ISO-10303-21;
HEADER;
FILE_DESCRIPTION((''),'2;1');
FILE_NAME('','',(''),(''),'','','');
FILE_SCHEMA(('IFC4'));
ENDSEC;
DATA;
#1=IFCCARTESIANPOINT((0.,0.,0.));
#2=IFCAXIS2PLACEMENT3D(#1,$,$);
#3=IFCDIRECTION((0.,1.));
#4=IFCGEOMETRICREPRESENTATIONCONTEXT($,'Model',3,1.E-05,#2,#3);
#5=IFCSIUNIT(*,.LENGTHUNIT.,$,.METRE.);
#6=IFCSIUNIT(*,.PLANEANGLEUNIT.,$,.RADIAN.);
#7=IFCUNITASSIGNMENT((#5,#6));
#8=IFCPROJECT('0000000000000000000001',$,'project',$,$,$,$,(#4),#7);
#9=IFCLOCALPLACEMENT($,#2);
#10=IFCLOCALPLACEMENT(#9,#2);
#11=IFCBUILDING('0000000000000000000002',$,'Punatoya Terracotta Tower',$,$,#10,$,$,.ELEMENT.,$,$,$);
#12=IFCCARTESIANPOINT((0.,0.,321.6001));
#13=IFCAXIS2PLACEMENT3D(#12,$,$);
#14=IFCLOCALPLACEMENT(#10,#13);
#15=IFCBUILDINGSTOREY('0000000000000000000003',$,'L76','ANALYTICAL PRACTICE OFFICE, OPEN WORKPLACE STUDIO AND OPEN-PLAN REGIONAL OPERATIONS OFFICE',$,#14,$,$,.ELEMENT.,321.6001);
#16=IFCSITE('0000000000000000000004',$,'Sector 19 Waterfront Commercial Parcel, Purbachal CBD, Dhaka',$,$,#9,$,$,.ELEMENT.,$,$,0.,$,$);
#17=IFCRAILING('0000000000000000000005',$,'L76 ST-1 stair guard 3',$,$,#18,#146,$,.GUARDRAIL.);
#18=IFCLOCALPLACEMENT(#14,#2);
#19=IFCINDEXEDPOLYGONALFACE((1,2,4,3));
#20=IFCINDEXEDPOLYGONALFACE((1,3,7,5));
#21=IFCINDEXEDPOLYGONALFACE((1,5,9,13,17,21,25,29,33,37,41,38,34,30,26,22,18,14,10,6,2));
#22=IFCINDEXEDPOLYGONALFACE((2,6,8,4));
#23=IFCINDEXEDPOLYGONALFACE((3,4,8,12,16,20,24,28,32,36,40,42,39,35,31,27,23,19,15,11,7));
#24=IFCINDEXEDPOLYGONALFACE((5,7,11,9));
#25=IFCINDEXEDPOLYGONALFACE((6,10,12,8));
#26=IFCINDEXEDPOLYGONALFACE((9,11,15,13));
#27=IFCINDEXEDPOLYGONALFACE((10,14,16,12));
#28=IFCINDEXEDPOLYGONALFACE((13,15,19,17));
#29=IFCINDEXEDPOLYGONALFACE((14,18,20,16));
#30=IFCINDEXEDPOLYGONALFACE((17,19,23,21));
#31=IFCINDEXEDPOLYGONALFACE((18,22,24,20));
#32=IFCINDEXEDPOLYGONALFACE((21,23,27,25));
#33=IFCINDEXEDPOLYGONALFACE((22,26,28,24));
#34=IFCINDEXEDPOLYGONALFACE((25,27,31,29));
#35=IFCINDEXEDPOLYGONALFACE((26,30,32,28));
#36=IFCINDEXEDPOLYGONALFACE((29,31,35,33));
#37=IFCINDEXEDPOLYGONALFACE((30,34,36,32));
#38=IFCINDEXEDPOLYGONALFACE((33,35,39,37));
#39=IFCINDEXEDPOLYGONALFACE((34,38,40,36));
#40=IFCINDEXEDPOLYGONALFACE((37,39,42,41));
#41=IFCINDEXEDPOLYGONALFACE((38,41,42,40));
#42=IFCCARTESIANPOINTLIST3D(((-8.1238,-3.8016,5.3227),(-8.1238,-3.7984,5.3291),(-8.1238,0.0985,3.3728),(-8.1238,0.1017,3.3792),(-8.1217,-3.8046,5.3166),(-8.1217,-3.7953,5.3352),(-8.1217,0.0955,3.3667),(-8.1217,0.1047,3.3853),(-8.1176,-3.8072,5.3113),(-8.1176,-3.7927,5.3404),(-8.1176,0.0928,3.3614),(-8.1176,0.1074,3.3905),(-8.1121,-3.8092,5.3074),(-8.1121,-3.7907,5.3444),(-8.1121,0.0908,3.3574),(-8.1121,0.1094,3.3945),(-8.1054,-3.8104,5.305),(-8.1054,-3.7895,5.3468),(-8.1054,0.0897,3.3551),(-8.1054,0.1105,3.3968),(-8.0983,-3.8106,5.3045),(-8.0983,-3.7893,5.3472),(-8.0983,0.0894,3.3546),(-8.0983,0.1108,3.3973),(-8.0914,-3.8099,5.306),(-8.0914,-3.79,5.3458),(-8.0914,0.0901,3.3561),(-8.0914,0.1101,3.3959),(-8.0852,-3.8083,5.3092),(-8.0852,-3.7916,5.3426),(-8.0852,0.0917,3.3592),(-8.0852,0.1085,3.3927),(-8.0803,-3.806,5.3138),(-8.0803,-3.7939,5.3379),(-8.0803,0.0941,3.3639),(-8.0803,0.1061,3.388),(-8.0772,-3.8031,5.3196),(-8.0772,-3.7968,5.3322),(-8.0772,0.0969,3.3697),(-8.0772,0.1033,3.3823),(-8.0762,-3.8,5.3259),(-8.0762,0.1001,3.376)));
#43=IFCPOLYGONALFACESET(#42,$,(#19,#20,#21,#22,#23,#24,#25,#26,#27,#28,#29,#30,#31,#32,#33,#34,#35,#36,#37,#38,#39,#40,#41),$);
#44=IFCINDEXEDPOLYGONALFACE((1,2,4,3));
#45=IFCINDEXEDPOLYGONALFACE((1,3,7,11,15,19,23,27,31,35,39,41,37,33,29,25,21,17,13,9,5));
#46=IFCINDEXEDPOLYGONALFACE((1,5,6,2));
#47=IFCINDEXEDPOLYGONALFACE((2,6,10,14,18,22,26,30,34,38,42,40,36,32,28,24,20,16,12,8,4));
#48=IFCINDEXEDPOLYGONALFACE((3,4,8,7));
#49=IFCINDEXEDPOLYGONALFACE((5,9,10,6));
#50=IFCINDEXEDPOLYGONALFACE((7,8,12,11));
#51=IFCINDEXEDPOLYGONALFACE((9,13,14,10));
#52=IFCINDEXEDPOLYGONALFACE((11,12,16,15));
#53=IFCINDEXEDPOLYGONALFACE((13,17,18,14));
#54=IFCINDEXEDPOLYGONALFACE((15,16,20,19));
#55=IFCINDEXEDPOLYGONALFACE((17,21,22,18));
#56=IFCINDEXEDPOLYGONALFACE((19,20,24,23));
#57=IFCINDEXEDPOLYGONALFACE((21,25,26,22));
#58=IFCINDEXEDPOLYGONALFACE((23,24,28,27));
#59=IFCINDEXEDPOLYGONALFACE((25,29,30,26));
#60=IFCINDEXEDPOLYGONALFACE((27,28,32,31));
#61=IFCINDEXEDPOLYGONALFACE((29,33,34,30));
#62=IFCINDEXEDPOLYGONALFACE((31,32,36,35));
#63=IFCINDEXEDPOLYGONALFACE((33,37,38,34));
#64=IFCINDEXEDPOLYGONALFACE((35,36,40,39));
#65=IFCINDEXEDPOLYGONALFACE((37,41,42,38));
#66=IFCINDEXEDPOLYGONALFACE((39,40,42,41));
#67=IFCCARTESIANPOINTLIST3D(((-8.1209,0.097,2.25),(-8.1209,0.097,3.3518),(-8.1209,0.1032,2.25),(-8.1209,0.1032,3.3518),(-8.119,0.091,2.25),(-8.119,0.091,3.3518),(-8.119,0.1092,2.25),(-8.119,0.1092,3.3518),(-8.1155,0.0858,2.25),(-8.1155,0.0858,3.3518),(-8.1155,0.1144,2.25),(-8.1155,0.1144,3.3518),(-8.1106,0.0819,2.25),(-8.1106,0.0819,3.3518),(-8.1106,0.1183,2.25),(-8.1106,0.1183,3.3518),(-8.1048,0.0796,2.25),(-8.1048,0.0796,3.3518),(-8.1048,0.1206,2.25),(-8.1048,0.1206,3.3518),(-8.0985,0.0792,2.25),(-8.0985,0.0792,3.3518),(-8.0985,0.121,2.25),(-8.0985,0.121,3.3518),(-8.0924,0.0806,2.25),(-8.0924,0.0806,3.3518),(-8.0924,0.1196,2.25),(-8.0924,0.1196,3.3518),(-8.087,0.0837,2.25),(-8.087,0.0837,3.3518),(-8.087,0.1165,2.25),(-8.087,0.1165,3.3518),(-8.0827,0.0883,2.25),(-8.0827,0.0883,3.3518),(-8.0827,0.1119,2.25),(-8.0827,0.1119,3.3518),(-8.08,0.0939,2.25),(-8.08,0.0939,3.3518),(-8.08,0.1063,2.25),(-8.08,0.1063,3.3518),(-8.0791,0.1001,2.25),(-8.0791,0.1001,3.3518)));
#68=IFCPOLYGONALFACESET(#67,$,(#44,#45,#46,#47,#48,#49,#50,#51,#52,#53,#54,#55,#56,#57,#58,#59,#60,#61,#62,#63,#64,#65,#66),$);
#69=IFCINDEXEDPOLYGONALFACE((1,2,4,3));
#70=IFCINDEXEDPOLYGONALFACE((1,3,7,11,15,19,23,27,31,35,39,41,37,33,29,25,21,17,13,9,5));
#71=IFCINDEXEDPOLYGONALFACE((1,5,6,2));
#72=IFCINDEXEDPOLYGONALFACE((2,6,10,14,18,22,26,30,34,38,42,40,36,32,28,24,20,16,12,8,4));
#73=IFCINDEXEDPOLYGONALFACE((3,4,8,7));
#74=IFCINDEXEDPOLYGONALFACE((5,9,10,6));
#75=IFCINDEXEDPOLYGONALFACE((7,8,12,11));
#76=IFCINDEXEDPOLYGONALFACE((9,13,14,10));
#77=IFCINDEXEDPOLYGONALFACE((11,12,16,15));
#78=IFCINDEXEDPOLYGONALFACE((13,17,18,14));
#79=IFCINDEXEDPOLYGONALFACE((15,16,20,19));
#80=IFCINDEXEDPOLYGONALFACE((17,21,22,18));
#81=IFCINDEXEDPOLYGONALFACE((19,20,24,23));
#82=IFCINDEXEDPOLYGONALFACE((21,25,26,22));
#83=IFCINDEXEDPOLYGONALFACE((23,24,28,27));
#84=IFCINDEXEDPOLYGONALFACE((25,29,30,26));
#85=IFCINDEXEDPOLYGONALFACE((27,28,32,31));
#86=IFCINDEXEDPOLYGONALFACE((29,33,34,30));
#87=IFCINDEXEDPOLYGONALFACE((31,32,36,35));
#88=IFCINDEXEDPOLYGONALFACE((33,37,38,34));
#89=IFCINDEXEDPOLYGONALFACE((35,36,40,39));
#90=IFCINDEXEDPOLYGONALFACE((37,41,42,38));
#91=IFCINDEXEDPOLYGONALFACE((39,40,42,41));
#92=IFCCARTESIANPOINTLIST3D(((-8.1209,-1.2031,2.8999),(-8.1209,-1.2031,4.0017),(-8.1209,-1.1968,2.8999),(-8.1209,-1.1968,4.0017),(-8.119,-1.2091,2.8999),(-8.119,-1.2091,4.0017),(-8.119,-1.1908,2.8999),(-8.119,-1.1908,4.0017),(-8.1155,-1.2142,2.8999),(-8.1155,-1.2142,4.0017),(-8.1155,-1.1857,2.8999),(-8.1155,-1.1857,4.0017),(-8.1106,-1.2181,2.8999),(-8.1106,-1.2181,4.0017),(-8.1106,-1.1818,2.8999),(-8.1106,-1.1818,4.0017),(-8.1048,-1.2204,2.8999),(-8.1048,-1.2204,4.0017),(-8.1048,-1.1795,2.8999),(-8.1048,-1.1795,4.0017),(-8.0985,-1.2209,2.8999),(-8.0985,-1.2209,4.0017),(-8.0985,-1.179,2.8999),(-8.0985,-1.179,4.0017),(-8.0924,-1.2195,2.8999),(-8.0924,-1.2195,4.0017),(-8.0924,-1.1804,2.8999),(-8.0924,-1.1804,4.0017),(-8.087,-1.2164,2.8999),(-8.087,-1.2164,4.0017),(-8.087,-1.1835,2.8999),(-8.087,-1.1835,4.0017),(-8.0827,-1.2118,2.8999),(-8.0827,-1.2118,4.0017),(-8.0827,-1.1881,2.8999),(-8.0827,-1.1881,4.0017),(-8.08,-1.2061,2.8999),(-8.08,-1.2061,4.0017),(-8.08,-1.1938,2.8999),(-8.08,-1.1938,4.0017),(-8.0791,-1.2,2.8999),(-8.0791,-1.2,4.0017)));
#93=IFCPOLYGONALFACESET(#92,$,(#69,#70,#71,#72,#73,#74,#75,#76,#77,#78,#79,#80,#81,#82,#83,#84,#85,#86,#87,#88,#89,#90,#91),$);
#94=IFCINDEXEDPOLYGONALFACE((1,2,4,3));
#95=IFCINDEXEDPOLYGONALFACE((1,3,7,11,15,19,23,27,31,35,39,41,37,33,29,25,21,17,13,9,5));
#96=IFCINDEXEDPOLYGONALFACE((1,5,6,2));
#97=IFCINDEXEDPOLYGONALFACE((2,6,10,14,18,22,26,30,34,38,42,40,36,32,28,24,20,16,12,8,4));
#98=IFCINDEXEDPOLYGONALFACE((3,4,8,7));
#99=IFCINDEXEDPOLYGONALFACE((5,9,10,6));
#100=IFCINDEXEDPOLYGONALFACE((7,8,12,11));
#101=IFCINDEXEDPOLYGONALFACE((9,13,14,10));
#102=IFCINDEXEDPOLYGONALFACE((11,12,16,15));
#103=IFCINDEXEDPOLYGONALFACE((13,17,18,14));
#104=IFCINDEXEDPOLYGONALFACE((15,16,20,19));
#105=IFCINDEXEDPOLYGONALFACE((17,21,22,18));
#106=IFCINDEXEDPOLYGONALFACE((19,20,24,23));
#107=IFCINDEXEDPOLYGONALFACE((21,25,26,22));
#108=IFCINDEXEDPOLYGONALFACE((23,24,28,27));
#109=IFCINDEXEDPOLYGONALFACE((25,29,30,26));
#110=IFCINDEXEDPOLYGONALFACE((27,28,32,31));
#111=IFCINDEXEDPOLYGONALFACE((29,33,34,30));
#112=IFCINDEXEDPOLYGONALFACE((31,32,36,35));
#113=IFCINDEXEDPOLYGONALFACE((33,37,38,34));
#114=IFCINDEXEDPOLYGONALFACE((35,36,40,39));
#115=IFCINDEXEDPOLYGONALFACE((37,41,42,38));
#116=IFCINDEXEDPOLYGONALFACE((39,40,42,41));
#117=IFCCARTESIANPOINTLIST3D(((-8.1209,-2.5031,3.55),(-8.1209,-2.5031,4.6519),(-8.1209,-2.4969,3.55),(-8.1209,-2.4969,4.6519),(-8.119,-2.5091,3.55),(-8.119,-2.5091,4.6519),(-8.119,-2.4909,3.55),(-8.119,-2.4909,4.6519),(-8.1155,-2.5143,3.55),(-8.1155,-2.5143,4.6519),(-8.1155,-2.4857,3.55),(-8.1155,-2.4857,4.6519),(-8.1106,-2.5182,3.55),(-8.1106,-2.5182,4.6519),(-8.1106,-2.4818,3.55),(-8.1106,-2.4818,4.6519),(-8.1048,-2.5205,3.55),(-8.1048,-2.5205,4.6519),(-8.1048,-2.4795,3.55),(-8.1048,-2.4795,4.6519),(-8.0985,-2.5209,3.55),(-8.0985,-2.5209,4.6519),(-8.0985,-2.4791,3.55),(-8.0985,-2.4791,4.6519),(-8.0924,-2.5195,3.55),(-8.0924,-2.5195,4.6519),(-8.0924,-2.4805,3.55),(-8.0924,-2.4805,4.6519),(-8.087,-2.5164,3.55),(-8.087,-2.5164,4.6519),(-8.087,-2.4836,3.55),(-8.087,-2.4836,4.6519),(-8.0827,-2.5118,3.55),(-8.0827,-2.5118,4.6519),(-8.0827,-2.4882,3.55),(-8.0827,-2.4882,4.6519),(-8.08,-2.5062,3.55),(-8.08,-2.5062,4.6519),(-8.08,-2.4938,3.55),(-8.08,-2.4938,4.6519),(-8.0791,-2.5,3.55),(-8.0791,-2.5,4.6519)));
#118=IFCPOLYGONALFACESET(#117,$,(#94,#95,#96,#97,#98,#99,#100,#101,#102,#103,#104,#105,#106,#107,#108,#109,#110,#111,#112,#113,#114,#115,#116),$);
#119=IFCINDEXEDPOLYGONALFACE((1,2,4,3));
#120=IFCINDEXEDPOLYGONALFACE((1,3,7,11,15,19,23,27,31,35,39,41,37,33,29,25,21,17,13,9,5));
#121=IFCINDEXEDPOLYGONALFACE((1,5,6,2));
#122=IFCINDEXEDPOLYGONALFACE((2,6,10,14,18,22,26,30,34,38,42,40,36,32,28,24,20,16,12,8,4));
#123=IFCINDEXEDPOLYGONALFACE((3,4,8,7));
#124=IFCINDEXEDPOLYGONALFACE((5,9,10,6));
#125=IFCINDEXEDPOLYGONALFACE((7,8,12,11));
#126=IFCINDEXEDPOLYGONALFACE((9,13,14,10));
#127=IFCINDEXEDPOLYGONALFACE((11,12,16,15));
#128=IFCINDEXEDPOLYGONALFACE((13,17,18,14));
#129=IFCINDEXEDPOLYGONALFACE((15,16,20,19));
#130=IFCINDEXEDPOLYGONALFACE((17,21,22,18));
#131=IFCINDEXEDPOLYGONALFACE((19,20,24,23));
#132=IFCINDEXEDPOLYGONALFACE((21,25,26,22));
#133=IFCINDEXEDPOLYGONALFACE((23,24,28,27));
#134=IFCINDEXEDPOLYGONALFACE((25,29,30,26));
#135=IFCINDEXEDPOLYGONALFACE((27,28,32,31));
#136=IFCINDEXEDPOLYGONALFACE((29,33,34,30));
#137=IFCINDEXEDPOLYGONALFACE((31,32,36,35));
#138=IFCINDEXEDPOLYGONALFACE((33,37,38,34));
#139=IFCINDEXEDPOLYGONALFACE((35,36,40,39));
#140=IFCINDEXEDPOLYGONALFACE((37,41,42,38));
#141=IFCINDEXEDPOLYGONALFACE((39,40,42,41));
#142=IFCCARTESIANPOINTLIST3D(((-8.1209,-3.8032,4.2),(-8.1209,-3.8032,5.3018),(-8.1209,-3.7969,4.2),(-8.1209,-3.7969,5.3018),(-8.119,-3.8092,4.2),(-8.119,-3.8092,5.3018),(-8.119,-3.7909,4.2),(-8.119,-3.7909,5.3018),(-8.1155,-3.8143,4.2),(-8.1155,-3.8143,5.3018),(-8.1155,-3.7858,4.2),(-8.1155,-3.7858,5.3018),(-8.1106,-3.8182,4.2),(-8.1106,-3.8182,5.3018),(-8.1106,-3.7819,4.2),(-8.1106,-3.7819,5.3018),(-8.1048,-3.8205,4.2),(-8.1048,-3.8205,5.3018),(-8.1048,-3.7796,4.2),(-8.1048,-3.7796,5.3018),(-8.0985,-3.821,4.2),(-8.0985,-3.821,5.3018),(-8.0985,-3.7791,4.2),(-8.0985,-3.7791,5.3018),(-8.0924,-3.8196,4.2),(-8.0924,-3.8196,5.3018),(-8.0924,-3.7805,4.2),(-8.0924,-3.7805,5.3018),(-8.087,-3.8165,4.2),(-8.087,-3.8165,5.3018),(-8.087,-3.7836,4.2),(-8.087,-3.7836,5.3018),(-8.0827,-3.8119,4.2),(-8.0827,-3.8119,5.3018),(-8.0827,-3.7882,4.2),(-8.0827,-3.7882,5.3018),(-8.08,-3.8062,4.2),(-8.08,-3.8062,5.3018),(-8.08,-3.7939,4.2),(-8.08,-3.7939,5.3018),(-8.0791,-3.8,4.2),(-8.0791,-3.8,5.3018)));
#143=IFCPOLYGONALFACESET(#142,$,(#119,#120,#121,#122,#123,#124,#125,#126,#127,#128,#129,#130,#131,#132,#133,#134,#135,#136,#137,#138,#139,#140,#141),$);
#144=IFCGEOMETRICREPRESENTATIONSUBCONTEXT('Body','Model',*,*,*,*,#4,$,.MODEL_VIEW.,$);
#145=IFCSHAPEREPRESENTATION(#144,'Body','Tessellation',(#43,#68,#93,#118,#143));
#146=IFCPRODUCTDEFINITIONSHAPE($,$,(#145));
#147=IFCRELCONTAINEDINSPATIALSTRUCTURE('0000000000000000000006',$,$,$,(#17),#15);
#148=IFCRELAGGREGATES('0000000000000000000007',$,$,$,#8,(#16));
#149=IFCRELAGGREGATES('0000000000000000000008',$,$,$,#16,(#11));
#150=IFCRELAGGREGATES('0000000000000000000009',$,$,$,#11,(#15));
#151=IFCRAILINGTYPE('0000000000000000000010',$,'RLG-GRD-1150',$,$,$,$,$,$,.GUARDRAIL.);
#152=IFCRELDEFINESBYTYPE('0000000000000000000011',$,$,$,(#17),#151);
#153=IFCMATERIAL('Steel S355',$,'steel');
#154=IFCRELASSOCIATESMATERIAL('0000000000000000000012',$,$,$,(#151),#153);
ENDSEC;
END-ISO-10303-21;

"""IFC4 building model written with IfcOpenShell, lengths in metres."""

from ifc_helpers import new_model, si_unit, direction, frame, origin, origin_2d, place, context, subcontext, project, spatial, circle, extrude, material, type_object, element, save


model = new_model("IFC4")

# Units and contexts
model_context = context("Model", 3, precision=1e-05, world=origin(), true_north=direction((0.0, 1.0)))
body_context = subcontext(model_context, "Body", "Model", "MODEL_VIEW")
ifc_project = project(units=[si_unit("LENGTHUNIT", "METRE"), si_unit("PLANEANGLEUNIT", "RADIAN")], contexts=[model_context])

# Site, building, storey
site_placement = place(None, origin())
site = spatial("IfcSite", under=ifc_project, at=site_placement, Name="Sector 19 Waterfront Commercial Parcel, Purbachal CBD, Dhaka", CompositionType="ELEMENT", RefElevation=0.0)
building_placement = place(site_placement, origin())
building = spatial("IfcBuilding", under=site, at=building_placement, Name="Punatoya Terracotta Tower", CompositionType="ELEMENT")
storey_placement = place(building_placement, frame((0.0, 0.0, 321.6001)))
storey = spatial("IfcBuildingStorey", under=building, at=storey_placement, Name="L76", Description="ANALYTICAL PRACTICE OFFICE, OPEN WORKPLACE STUDIO AND OPEN-PLAN REGIONAL OPERATIONS OFFICE", CompositionType="ELEMENT", Elevation=321.6001)

# Shared definitions
ifc_material_1 = material(Name="Steel S355", Category="steel")

# Railing
railing_type_1 = type_object("IfcRailingType", Name="RLG-GRD-1150", PredefinedType="GUARDRAIL", material=ifc_material_1)
railing_1_placement = place(storey_placement, frame((-8.1001, 0.1001, 2.25)))
element("IfcRailing", 1, at=railing_1_placement, inside=storey, type_object=railing_type_1, Name="L76 ST-1 stair guard 3", PredefinedType="GUARDRAIL", context=body_context, shape_type="SweptSolid", body=[
    extrude(circle(Radius=0.0239, at=origin_2d()), frame((0.0, 0.0, 1.126), z_axis=(0.0, -0.894438, 0.447191), x_axis=(1.0, 0.0, 0.0)), (0.0, 0.0, 1.0), 4.3604),
    extrude(circle(Radius=0.021, at=origin_2d()), origin(), (0.0, 0.0, 1.0), 1.1018),
    extrude(circle(Radius=0.021, at=origin_2d()), frame((0.0, -1.3, 0.6499)), (0.0, 0.0, 1.0), 1.1018),
    extrude(circle(Radius=0.021, at=origin_2d()), frame((0.0, -2.6001, 1.3)), (0.0, 0.0, 1.0), 1.1018),
    extrude(circle(Radius=0.021, at=origin_2d()), frame((0.0, -3.9001, 1.95)), (0.0, 0.0, 1.0), 1.1018),
])

save(model, "model.ifc")
